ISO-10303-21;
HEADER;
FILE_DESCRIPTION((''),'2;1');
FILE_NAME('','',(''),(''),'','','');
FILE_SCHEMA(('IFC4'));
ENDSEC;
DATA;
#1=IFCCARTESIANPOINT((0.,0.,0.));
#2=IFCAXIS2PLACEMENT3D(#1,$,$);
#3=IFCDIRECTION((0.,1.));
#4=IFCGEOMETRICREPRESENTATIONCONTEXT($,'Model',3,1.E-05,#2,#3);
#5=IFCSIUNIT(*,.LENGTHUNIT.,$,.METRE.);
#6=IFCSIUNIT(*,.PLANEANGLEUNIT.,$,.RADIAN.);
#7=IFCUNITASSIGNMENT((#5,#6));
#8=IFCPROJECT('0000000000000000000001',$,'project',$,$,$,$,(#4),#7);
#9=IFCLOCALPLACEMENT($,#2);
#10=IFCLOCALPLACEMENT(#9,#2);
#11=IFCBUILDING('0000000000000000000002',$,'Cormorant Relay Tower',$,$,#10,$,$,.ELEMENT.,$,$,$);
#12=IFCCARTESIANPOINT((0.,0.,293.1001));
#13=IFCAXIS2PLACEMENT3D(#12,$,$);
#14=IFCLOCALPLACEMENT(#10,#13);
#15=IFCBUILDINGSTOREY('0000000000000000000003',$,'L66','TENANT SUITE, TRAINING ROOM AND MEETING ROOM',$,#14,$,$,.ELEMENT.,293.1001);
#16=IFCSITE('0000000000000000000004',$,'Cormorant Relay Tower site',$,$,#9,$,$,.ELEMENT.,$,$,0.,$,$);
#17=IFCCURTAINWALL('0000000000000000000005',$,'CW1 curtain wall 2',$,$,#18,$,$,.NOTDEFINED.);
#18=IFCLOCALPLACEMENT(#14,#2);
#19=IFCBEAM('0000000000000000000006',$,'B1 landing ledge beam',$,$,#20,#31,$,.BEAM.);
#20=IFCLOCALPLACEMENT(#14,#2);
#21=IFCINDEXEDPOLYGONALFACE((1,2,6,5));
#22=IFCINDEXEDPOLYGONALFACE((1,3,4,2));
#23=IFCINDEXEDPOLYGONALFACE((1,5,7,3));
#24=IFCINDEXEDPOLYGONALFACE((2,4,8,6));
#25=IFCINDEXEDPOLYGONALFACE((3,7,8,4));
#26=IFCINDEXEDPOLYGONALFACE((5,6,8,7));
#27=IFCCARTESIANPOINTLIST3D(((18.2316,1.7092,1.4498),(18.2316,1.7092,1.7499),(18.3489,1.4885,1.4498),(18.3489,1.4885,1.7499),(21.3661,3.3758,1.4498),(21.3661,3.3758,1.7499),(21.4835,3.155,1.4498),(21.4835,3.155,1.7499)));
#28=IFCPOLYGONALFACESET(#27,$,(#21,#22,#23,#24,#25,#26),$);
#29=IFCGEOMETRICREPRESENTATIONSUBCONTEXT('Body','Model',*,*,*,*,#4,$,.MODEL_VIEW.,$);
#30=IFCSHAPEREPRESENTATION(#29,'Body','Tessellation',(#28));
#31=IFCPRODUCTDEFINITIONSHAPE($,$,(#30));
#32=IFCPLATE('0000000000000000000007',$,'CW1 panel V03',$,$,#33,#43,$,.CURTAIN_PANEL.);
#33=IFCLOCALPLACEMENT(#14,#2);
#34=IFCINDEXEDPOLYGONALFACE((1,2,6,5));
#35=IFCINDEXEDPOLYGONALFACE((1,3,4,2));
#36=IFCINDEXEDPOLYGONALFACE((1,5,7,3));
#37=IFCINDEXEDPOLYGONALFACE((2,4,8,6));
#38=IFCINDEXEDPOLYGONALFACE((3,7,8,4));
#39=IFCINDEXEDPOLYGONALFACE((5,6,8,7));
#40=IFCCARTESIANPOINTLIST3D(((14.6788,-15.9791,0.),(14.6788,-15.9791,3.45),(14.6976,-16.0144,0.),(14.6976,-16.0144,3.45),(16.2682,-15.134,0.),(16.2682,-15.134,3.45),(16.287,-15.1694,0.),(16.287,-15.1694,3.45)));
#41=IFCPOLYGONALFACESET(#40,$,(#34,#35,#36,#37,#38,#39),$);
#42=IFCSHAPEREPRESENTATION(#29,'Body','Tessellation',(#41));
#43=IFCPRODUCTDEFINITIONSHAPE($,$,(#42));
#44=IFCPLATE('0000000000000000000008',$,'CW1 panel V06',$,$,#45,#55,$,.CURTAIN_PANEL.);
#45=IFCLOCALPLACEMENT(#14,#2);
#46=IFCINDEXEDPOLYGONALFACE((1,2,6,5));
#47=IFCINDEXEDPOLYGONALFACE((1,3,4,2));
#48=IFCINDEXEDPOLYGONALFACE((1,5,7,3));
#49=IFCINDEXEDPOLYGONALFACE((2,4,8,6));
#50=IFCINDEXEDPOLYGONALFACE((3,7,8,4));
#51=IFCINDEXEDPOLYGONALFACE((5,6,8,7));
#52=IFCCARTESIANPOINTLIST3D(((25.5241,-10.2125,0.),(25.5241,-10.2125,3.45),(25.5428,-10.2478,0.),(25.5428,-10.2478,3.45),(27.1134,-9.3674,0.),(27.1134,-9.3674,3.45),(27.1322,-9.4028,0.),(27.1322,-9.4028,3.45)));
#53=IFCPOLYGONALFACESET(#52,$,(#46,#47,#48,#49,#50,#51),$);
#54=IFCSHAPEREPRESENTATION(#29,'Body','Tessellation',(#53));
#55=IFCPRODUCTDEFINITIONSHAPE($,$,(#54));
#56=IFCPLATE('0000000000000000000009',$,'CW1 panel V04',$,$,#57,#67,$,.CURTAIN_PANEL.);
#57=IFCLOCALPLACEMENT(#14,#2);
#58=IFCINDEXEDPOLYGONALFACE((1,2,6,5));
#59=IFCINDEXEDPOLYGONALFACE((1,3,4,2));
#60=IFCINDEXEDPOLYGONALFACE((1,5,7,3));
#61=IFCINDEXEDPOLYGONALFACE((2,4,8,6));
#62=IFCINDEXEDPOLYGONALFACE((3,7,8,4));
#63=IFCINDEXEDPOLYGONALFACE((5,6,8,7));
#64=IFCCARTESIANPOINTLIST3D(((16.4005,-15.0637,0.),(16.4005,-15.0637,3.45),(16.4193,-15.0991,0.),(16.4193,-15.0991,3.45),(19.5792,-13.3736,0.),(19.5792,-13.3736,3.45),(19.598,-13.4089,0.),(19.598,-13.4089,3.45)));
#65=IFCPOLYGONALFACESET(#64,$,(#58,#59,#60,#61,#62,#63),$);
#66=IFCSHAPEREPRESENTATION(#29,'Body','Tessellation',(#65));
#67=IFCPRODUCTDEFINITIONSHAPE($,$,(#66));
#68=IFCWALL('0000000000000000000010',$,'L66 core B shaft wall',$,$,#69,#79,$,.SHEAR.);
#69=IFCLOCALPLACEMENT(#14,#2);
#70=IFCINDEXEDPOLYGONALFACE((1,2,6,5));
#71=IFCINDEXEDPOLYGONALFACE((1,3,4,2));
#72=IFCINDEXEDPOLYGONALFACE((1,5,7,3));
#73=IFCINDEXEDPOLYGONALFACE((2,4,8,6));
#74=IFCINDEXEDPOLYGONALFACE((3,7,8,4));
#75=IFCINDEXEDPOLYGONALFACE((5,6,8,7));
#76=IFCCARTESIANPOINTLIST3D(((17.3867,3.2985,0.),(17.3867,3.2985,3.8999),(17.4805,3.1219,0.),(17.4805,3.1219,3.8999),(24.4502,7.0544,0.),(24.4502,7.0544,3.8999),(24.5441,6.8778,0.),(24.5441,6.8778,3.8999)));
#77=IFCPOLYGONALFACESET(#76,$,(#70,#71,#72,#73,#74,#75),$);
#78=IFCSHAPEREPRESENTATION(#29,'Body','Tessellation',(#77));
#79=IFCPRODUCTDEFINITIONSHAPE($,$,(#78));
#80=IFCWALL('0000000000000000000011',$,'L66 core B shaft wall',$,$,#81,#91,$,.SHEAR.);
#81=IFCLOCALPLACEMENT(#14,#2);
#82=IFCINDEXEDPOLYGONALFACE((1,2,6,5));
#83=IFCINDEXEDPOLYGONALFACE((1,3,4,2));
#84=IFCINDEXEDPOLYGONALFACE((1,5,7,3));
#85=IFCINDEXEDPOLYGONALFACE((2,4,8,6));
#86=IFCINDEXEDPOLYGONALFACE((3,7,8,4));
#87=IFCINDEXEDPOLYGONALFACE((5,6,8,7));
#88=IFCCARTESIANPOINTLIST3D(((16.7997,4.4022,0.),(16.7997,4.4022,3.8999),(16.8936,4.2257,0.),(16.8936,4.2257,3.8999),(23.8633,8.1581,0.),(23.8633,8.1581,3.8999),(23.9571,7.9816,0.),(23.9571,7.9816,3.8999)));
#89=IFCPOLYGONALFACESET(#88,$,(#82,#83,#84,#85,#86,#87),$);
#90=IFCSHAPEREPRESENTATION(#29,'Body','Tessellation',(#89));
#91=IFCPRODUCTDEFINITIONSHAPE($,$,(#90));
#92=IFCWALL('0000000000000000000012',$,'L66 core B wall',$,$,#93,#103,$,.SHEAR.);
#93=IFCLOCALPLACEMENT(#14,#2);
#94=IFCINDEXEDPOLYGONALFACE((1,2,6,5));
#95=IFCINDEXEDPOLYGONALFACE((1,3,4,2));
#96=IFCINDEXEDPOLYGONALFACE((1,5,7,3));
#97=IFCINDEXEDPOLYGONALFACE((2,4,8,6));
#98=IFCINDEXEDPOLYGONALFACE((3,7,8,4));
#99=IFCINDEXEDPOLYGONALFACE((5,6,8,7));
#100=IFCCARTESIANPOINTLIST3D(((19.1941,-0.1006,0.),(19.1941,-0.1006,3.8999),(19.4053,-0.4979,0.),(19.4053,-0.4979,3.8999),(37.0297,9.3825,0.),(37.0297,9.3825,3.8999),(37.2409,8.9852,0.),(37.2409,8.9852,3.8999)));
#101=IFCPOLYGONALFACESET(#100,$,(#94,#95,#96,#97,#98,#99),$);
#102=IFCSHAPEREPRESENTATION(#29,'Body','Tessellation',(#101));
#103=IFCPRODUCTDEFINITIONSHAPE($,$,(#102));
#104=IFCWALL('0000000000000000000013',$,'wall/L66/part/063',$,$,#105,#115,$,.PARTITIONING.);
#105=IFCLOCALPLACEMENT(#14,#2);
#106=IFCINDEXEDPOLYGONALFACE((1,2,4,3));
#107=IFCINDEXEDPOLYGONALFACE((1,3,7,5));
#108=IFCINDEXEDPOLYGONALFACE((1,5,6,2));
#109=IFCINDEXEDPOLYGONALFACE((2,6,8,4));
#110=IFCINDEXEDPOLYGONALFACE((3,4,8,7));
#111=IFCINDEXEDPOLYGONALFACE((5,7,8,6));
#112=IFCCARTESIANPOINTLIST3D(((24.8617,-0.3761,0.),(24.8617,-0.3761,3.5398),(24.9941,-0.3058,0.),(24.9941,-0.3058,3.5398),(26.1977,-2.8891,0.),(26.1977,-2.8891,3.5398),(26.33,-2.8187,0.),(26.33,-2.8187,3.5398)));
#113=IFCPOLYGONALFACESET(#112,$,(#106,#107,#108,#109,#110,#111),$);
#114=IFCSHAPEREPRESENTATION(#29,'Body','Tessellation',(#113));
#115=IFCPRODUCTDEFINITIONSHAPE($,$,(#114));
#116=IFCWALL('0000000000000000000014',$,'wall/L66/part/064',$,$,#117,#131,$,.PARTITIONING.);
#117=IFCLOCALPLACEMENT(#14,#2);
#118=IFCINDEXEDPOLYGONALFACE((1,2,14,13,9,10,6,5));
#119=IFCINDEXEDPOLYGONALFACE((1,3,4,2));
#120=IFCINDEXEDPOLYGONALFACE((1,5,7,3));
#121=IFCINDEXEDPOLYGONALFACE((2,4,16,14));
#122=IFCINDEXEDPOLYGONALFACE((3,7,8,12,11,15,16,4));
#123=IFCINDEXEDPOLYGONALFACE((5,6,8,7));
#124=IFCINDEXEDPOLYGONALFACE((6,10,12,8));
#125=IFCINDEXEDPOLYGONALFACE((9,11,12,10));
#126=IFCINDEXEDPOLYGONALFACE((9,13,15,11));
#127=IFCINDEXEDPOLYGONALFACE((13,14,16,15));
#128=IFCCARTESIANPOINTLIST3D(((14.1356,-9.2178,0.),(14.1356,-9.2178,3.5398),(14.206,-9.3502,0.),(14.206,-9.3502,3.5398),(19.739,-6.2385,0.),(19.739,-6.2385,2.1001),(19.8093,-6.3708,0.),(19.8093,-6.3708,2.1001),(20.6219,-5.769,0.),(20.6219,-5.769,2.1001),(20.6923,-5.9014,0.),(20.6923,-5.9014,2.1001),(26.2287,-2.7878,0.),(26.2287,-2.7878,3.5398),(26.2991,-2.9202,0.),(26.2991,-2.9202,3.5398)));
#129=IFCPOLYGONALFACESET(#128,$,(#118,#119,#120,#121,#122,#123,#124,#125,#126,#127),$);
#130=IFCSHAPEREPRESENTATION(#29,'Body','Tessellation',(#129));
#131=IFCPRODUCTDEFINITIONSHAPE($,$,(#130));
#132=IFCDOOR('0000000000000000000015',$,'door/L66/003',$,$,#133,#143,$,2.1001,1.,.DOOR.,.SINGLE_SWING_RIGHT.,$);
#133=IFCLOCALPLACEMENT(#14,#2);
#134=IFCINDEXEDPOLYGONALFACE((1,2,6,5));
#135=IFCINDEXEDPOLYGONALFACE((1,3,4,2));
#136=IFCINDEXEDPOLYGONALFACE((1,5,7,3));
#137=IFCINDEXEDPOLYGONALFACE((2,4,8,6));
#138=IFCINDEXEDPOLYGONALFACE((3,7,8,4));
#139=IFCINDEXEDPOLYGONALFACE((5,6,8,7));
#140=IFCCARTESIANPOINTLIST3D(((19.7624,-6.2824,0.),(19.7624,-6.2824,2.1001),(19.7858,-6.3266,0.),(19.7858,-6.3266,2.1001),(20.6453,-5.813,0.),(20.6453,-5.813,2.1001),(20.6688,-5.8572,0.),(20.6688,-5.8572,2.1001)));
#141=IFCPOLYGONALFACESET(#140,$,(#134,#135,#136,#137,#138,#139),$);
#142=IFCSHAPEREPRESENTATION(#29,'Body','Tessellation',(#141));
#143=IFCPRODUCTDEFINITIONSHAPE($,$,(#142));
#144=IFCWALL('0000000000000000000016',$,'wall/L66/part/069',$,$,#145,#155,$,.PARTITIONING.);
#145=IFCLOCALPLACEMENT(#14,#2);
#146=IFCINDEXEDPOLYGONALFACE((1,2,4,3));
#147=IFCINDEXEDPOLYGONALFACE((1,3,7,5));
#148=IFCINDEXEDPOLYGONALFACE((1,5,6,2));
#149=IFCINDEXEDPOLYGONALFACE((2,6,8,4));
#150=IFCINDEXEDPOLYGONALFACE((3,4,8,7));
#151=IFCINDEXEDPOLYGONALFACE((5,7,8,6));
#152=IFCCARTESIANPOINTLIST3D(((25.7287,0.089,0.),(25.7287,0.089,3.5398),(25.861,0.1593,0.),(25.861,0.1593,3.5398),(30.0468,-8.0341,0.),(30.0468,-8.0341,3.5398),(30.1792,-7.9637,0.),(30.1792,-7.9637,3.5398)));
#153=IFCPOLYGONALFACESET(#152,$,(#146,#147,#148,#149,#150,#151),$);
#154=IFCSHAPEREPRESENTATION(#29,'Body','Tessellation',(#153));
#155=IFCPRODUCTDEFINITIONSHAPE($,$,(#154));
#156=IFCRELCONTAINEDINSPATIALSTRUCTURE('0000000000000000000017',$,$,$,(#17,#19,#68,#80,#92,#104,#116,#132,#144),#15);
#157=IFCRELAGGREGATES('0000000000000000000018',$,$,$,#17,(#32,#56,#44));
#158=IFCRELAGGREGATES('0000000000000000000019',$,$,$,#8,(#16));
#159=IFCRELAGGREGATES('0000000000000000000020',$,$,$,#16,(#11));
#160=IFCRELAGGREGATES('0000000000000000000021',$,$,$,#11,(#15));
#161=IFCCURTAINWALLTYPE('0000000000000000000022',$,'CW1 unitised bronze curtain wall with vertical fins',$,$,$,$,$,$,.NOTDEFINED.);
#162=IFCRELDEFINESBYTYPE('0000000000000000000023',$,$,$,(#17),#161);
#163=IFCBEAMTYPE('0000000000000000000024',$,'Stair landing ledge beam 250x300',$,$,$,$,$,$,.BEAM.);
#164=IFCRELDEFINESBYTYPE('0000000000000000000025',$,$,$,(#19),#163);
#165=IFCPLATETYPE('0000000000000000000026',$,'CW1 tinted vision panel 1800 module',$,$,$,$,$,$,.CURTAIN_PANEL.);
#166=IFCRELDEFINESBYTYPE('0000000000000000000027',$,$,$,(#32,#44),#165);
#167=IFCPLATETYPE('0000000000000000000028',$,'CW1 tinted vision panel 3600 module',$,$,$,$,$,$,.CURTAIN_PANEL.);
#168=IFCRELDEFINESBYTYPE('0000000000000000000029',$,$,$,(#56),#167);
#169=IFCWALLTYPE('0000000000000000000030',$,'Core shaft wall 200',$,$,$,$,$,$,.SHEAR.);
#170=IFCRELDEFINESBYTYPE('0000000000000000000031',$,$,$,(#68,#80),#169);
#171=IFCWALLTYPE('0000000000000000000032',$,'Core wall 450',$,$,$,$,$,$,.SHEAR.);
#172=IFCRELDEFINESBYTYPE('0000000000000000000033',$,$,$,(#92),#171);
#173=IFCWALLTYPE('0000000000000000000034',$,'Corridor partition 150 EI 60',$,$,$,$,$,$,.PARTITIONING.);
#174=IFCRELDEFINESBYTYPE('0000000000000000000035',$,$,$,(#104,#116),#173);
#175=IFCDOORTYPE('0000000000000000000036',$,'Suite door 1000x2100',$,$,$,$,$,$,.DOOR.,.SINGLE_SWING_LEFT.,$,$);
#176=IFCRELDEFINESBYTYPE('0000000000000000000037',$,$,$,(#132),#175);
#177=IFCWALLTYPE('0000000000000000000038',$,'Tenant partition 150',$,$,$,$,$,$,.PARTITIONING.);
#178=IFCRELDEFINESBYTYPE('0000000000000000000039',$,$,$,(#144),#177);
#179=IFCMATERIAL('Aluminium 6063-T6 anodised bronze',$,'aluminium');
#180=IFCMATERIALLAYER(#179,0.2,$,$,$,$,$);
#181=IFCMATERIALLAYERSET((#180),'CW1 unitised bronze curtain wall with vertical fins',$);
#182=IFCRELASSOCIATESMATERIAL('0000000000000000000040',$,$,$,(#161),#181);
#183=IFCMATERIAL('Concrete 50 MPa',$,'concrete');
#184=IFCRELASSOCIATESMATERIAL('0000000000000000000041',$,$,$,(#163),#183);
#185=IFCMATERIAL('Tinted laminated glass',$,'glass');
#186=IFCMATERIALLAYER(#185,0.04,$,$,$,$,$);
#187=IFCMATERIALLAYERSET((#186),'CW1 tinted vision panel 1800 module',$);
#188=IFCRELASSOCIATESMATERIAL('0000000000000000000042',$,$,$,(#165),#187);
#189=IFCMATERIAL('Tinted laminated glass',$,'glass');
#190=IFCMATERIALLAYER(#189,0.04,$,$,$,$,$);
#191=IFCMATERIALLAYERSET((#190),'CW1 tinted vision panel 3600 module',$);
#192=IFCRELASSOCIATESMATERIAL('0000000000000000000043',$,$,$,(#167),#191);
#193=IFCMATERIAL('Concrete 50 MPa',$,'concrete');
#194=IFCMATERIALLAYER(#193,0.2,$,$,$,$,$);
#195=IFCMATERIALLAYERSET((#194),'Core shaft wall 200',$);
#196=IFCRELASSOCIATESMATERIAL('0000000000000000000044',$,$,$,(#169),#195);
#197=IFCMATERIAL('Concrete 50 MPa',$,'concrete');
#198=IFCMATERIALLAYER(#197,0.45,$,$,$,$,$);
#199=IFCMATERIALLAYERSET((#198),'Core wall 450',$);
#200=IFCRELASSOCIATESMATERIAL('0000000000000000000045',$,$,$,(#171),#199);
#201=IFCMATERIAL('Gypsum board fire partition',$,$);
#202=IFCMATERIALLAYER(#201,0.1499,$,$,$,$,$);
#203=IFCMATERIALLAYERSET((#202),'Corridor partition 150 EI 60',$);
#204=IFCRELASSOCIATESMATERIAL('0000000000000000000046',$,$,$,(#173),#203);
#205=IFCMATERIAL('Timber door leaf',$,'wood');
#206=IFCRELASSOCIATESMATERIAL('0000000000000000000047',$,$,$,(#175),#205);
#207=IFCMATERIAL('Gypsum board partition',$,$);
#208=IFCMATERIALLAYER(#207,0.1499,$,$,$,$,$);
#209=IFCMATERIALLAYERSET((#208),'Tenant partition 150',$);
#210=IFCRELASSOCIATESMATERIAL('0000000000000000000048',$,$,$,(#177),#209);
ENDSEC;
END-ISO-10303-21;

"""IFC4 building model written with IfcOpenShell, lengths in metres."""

from ifc_helpers import new_model, si_unit, direction, frame, frame_2d, origin, origin_2d, place, context, subcontext, project, spatial, rectangle, extrude, material, layer, layer_set, material_profile, profile_set, type_object, element, fill, aggregate, save


model = new_model("IFC4")

# Units and contexts
model_context = context("Model", 3, precision=1e-05, world=origin(), true_north=direction((0.0, 1.0)))
body_context = subcontext(model_context, "Body", "Model", "MODEL_VIEW")
ifc_project = project(units=[si_unit("LENGTHUNIT", "METRE"), si_unit("PLANEANGLEUNIT", "RADIAN")], contexts=[model_context])

# Site, building, storey
site_placement = place(None, origin())
site = spatial("IfcSite", under=ifc_project, at=site_placement, Name="Cormorant Relay Tower site", CompositionType="ELEMENT", RefElevation=0.0)
building_placement = place(site_placement, origin())
building = spatial("IfcBuilding", under=site, at=building_placement, Name="Cormorant Relay Tower", CompositionType="ELEMENT")
storey_placement = place(building_placement, frame((0.0, 0.0, 293.1001)))
storey = spatial("IfcBuildingStorey", under=building, at=storey_placement, Name="L66", Description="TENANT SUITE, TRAINING ROOM AND MEETING ROOM", CompositionType="ELEMENT", Elevation=293.1001)

# Curtain wall
ifc_material_1 = material(Name="Aluminium 6063-T6 anodised bronze", Category="aluminium")
ifc_layer_1 = layer(ifc_material_1, 0.2)
ifc_layer_set_1 = layer_set([ifc_layer_1], Name="CW1 unitised bronze curtain wall with vertical fins")
curtain_wall_type = type_object("IfcCurtainWallType", Name="CW1 unitised bronze curtain wall with vertical fins", PredefinedType="NOTDEFINED", material=ifc_layer_set_1)
curtain_wall_placement = place(storey_placement, origin())
curtain_wall = element("IfcCurtainWall", 1, at=curtain_wall_placement, inside=storey, type_object=curtain_wall_type, Name="CW1 curtain wall 2", PredefinedType="NOTDEFINED")

# Beam
ifc_material_2 = material(Name="Concrete 50 MPa", Category="concrete")
ifc_material_profile_1 = material_profile(ifc_material_2, rectangle(XDim=0.25, YDim=0.3, at=origin_2d()), Name="RC 250x300")
ifc_profile_set_1 = profile_set([ifc_material_profile_1], Name="Concrete 50 MPa")
beam_type_1 = type_object("IfcBeamType", Name="Stair landing ledge beam 250x300", PredefinedType="BEAM", material=ifc_profile_set_1)
beam_1_placement = place(storey_placement, frame((21.4248, 3.2654, 1.5999), z_axis=(-0.882965, -0.469438, 0.0), x_axis=(0.469438, -0.882965, 0.0)))
element("IfcBeam", 2, at=beam_1_placement, inside=storey, type_object=beam_type_1, Name="B1 landing ledge beam", PredefinedType="BEAM", context=body_context, shape_type="SweptSolid", body=[
    extrude(rectangle(XDim=0.25, YDim=0.3, at=origin_2d()), origin(), (0.0, 0.0, 1.0), 3.55),
])

# Plates
ifc_material_3 = material(Name="Tinted laminated glass", Category="glass")
ifc_layer_2 = layer(ifc_material_3, 0.04)
ifc_layer_set_2 = layer_set([ifc_layer_2], Name="CW1 tinted vision panel 1800 module")
plate_type_1 = type_object("IfcPlateType", Name="CW1 tinted vision panel 1800 module", PredefinedType="CURTAIN_PANEL", material=ifc_layer_set_2)
plate_1_placement = place(storey_placement, frame((15.4829, -15.5742, 0.0), z_axis=(0.0, 0.0, 1.0), x_axis=(0.882948, 0.469472, 0.0)))
plate_1 = element("IfcPlate", 3, at=plate_1_placement, type_object=plate_type_1, Name="CW1 panel V03", PredefinedType="CURTAIN_PANEL", context=body_context, shape_type="SweptSolid", body=[
    extrude(rectangle(XDim=1.8, YDim=0.04, at=origin_2d()), origin(), (0.0, 0.0, 1.0), 3.45),
])
plate_2_placement = place(storey_placement, frame((26.3281, -9.8076, 0.0), z_axis=(0.0, 0.0, 1.0), x_axis=(0.882948, 0.469472, 0.0)))
plate_2 = element("IfcPlate", 4, at=plate_2_placement, type_object=plate_type_1, Name="CW1 panel V06", PredefinedType="CURTAIN_PANEL", context=body_context, shape_type="SweptSolid", body=[
    extrude(rectangle(XDim=1.8, YDim=0.04, at=origin_2d()), origin(), (0.0, 0.0, 1.0), 3.45),
])
ifc_material_4 = material(Name="Tinted laminated glass", Category="glass")
ifc_layer_3 = layer(ifc_material_4, 0.04)
ifc_layer_set_3 = layer_set([ifc_layer_3], Name="CW1 tinted vision panel 3600 module")
plate_type_2 = type_object("IfcPlateType", Name="CW1 tinted vision panel 3600 module", PredefinedType="CURTAIN_PANEL", material=ifc_layer_set_3)
plate_3_placement = place(storey_placement, frame((17.9993, -14.2363, 0.0), z_axis=(0.0, 0.0, 1.0), x_axis=(0.882948, 0.469472, 0.0)))
plate_3 = element("IfcPlate", 5, at=plate_3_placement, type_object=plate_type_2, Name="CW1 panel V04", PredefinedType="CURTAIN_PANEL", context=body_context, shape_type="SweptSolid", body=[
    extrude(rectangle(XDim=3.6001, YDim=0.04, at=origin_2d()), origin(), (0.0, 0.0, 1.0), 3.45),
])

# Walls
ifc_material_5 = material(Name="Concrete 50 MPa", Category="concrete")
ifc_layer_4 = layer(ifc_material_5, 0.2)
ifc_layer_set_4 = layer_set([ifc_layer_4], Name="Core shaft wall 200")
wall_type_1 = type_object("IfcWallType", Name="Core shaft wall 200", PredefinedType="SHEAR", material=ifc_layer_set_4)
for number, where, z_axis, x_axis, name in (
    (6, (17.4336, 3.2102, 0.0), (0.0, 0.0, 1.0), (0.88294, 0.469485, 0.0), "L66 core B shaft wall"),
    (7, (16.8467, 4.314, 0.0), (0.0, 0.0, 1.0), (0.88294, 0.469485, 0.0), "L66 core B shaft wall"),
):
    element("IfcWall", number, at=place(storey_placement, frame(where, z_axis=z_axis, x_axis=x_axis)), inside=storey, type_object=wall_type_1, Name=name, PredefinedType="SHEAR", context=body_context, shape_type="SweptSolid", body=[
        extrude(rectangle(XDim=8.0, YDim=0.2, at=frame_2d((4.0, 0.0))), origin(), (0.0, 0.0, 1.0), 3.8999),
    ])

# Shared definitions
ifc_material_6 = material(Name="Concrete 50 MPa", Category="concrete")
ifc_layer_5 = layer(ifc_material_6, 0.45)
ifc_layer_set_5 = layer_set([ifc_layer_5], Name="Core wall 450")
wall_type_2 = type_object("IfcWallType", Name="Core wall 450", PredefinedType="SHEAR", material=ifc_layer_set_5)

# Walls
wall_1_placement = place(storey_placement, frame((19.2996, -0.2993, 0.0), z_axis=(0.0, 0.0, 1.0), x_axis=(0.882953, 0.469462, 0.0)))
element("IfcWall", 8, at=wall_1_placement, inside=storey, type_object=wall_type_2, Name="L66 core B wall", PredefinedType="SHEAR", context=body_context, shape_type="SweptSolid", body=[
    extrude(rectangle(XDim=20.2, YDim=0.45, at=frame_2d((10.1001, 0.0))), origin(), (0.0, 0.0, 1.0), 3.8999),
])
ifc_material_7 = material(Name="Gypsum board fire partition")
ifc_layer_6 = layer(ifc_material_7, 0.1499)
ifc_layer_set_6 = layer_set([ifc_layer_6], Name="Corridor partition 150 EI 60")
wall_type_3 = type_object("IfcWallType", Name="Corridor partition 150 EI 60", PredefinedType="PARTITIONING", material=ifc_layer_set_6)
wall_2_placement = place(storey_placement, frame((24.928, -0.3411, 0.0), z_axis=(0.0, 0.0, 1.0), x_axis=(0.469412, -0.882979, 0.0)))
element("IfcWall", 9, at=wall_2_placement, inside=storey, type_object=wall_type_3, Name="wall/L66/part/063", PredefinedType="PARTITIONING", context=body_context, shape_type="SweptSolid", body=[
    extrude(rectangle(XDim=2.8459, YDim=0.1499, at=frame_2d((1.4229, 0.0))), origin(), (0.0, 0.0, 1.0), 3.5398),
])

# Wall, opening, door
wall_3_placement = place(storey_placement, frame((26.2639, -2.854, 0.0), z_axis=(0.0, 0.0, 1.0), x_axis=(-0.882949, -0.469469, 0.0)))
wall_3 = element("IfcWall", 10, at=wall_3_placement, inside=storey, type_object=wall_type_3, Name="wall/L66/part/064", PredefinedType="PARTITIONING", context=body_context, shape_type="SweptSolid", body=[
    extrude(rectangle(XDim=13.6963, YDim=0.1499, at=frame_2d((6.8481, 0.0))), origin(), (0.0, 0.0, 1.0), 3.5398),
])
opening_1_placement = place(wall_3_placement, frame((6.3501, 0.0, 0.0)))
opening_1 = element("IfcOpeningElement", 11, at=opening_1_placement, cuts=wall_3, PredefinedType="OPENING", context=body_context, shape_type="SweptSolid", body=[
    extrude(rectangle(XDim=1.0, YDim=2.1001, at=frame_2d((0.5, 1.05))), frame((0.0, 0.085, 0.0), z_axis=(0.0, -1.0, 0.0), x_axis=(1.0, 0.0, 0.0)), (0.0, 0.0, 1.0), 0.1699),
])
ifc_material_8 = material(Name="Timber door leaf", Category="wood")
door_type_1 = type_object("IfcDoorType", Name="Suite door 1000x2100", OperationType="SINGLE_SWING_LEFT", PredefinedType="DOOR", material=ifc_material_8)
door_1_placement = place(opening_1_placement, origin())
door_1 = element("IfcDoor", 12, at=door_1_placement, inside=storey, type_object=door_type_1, Name="door/L66/003", OperationType="SINGLE_SWING_RIGHT", OverallHeight=2.1001, OverallWidth=1.0, PredefinedType="DOOR", context=body_context, shape_type="SweptSolid", body=[
    extrude(rectangle(XDim=1.0, YDim=2.1001, at=frame_2d((0.5, 1.05))), frame((0.0, 0.0249, 0.0), z_axis=(0.0, -1.0, 0.0), x_axis=(1.0, 0.0, 0.0)), (0.0, 0.0, 1.0), 0.05),
])
fill(opening_1, door_1)

# Wall
ifc_material_9 = material(Name="Gypsum board partition")
ifc_layer_7 = layer(ifc_material_9, 0.1499)
ifc_layer_set_7 = layer_set([ifc_layer_7], Name="Tenant partition 150")
wall_type_4 = type_object("IfcWallType", Name="Tenant partition 150", PredefinedType="PARTITIONING", material=ifc_layer_set_7)
wall_4_placement = place(storey_placement, frame((25.7949, 0.124, 0.0), z_axis=(0.0, 0.0, 1.0), x_axis=(0.469388, -0.882992, 0.0)))
element("IfcWall", 13, at=wall_4_placement, inside=storey, type_object=wall_type_4, Name="wall/L66/part/069", PredefinedType="PARTITIONING", context=body_context, shape_type="SweptSolid", body=[
    extrude(rectangle(XDim=9.1995, YDim=0.1499, at=frame_2d((4.5996, 0.0))), origin(), (0.0, 0.0, 1.0), 3.5398),
])

aggregate(curtain_wall, [plate_1, plate_3, plate_2])

save(model, "model.ifc")
